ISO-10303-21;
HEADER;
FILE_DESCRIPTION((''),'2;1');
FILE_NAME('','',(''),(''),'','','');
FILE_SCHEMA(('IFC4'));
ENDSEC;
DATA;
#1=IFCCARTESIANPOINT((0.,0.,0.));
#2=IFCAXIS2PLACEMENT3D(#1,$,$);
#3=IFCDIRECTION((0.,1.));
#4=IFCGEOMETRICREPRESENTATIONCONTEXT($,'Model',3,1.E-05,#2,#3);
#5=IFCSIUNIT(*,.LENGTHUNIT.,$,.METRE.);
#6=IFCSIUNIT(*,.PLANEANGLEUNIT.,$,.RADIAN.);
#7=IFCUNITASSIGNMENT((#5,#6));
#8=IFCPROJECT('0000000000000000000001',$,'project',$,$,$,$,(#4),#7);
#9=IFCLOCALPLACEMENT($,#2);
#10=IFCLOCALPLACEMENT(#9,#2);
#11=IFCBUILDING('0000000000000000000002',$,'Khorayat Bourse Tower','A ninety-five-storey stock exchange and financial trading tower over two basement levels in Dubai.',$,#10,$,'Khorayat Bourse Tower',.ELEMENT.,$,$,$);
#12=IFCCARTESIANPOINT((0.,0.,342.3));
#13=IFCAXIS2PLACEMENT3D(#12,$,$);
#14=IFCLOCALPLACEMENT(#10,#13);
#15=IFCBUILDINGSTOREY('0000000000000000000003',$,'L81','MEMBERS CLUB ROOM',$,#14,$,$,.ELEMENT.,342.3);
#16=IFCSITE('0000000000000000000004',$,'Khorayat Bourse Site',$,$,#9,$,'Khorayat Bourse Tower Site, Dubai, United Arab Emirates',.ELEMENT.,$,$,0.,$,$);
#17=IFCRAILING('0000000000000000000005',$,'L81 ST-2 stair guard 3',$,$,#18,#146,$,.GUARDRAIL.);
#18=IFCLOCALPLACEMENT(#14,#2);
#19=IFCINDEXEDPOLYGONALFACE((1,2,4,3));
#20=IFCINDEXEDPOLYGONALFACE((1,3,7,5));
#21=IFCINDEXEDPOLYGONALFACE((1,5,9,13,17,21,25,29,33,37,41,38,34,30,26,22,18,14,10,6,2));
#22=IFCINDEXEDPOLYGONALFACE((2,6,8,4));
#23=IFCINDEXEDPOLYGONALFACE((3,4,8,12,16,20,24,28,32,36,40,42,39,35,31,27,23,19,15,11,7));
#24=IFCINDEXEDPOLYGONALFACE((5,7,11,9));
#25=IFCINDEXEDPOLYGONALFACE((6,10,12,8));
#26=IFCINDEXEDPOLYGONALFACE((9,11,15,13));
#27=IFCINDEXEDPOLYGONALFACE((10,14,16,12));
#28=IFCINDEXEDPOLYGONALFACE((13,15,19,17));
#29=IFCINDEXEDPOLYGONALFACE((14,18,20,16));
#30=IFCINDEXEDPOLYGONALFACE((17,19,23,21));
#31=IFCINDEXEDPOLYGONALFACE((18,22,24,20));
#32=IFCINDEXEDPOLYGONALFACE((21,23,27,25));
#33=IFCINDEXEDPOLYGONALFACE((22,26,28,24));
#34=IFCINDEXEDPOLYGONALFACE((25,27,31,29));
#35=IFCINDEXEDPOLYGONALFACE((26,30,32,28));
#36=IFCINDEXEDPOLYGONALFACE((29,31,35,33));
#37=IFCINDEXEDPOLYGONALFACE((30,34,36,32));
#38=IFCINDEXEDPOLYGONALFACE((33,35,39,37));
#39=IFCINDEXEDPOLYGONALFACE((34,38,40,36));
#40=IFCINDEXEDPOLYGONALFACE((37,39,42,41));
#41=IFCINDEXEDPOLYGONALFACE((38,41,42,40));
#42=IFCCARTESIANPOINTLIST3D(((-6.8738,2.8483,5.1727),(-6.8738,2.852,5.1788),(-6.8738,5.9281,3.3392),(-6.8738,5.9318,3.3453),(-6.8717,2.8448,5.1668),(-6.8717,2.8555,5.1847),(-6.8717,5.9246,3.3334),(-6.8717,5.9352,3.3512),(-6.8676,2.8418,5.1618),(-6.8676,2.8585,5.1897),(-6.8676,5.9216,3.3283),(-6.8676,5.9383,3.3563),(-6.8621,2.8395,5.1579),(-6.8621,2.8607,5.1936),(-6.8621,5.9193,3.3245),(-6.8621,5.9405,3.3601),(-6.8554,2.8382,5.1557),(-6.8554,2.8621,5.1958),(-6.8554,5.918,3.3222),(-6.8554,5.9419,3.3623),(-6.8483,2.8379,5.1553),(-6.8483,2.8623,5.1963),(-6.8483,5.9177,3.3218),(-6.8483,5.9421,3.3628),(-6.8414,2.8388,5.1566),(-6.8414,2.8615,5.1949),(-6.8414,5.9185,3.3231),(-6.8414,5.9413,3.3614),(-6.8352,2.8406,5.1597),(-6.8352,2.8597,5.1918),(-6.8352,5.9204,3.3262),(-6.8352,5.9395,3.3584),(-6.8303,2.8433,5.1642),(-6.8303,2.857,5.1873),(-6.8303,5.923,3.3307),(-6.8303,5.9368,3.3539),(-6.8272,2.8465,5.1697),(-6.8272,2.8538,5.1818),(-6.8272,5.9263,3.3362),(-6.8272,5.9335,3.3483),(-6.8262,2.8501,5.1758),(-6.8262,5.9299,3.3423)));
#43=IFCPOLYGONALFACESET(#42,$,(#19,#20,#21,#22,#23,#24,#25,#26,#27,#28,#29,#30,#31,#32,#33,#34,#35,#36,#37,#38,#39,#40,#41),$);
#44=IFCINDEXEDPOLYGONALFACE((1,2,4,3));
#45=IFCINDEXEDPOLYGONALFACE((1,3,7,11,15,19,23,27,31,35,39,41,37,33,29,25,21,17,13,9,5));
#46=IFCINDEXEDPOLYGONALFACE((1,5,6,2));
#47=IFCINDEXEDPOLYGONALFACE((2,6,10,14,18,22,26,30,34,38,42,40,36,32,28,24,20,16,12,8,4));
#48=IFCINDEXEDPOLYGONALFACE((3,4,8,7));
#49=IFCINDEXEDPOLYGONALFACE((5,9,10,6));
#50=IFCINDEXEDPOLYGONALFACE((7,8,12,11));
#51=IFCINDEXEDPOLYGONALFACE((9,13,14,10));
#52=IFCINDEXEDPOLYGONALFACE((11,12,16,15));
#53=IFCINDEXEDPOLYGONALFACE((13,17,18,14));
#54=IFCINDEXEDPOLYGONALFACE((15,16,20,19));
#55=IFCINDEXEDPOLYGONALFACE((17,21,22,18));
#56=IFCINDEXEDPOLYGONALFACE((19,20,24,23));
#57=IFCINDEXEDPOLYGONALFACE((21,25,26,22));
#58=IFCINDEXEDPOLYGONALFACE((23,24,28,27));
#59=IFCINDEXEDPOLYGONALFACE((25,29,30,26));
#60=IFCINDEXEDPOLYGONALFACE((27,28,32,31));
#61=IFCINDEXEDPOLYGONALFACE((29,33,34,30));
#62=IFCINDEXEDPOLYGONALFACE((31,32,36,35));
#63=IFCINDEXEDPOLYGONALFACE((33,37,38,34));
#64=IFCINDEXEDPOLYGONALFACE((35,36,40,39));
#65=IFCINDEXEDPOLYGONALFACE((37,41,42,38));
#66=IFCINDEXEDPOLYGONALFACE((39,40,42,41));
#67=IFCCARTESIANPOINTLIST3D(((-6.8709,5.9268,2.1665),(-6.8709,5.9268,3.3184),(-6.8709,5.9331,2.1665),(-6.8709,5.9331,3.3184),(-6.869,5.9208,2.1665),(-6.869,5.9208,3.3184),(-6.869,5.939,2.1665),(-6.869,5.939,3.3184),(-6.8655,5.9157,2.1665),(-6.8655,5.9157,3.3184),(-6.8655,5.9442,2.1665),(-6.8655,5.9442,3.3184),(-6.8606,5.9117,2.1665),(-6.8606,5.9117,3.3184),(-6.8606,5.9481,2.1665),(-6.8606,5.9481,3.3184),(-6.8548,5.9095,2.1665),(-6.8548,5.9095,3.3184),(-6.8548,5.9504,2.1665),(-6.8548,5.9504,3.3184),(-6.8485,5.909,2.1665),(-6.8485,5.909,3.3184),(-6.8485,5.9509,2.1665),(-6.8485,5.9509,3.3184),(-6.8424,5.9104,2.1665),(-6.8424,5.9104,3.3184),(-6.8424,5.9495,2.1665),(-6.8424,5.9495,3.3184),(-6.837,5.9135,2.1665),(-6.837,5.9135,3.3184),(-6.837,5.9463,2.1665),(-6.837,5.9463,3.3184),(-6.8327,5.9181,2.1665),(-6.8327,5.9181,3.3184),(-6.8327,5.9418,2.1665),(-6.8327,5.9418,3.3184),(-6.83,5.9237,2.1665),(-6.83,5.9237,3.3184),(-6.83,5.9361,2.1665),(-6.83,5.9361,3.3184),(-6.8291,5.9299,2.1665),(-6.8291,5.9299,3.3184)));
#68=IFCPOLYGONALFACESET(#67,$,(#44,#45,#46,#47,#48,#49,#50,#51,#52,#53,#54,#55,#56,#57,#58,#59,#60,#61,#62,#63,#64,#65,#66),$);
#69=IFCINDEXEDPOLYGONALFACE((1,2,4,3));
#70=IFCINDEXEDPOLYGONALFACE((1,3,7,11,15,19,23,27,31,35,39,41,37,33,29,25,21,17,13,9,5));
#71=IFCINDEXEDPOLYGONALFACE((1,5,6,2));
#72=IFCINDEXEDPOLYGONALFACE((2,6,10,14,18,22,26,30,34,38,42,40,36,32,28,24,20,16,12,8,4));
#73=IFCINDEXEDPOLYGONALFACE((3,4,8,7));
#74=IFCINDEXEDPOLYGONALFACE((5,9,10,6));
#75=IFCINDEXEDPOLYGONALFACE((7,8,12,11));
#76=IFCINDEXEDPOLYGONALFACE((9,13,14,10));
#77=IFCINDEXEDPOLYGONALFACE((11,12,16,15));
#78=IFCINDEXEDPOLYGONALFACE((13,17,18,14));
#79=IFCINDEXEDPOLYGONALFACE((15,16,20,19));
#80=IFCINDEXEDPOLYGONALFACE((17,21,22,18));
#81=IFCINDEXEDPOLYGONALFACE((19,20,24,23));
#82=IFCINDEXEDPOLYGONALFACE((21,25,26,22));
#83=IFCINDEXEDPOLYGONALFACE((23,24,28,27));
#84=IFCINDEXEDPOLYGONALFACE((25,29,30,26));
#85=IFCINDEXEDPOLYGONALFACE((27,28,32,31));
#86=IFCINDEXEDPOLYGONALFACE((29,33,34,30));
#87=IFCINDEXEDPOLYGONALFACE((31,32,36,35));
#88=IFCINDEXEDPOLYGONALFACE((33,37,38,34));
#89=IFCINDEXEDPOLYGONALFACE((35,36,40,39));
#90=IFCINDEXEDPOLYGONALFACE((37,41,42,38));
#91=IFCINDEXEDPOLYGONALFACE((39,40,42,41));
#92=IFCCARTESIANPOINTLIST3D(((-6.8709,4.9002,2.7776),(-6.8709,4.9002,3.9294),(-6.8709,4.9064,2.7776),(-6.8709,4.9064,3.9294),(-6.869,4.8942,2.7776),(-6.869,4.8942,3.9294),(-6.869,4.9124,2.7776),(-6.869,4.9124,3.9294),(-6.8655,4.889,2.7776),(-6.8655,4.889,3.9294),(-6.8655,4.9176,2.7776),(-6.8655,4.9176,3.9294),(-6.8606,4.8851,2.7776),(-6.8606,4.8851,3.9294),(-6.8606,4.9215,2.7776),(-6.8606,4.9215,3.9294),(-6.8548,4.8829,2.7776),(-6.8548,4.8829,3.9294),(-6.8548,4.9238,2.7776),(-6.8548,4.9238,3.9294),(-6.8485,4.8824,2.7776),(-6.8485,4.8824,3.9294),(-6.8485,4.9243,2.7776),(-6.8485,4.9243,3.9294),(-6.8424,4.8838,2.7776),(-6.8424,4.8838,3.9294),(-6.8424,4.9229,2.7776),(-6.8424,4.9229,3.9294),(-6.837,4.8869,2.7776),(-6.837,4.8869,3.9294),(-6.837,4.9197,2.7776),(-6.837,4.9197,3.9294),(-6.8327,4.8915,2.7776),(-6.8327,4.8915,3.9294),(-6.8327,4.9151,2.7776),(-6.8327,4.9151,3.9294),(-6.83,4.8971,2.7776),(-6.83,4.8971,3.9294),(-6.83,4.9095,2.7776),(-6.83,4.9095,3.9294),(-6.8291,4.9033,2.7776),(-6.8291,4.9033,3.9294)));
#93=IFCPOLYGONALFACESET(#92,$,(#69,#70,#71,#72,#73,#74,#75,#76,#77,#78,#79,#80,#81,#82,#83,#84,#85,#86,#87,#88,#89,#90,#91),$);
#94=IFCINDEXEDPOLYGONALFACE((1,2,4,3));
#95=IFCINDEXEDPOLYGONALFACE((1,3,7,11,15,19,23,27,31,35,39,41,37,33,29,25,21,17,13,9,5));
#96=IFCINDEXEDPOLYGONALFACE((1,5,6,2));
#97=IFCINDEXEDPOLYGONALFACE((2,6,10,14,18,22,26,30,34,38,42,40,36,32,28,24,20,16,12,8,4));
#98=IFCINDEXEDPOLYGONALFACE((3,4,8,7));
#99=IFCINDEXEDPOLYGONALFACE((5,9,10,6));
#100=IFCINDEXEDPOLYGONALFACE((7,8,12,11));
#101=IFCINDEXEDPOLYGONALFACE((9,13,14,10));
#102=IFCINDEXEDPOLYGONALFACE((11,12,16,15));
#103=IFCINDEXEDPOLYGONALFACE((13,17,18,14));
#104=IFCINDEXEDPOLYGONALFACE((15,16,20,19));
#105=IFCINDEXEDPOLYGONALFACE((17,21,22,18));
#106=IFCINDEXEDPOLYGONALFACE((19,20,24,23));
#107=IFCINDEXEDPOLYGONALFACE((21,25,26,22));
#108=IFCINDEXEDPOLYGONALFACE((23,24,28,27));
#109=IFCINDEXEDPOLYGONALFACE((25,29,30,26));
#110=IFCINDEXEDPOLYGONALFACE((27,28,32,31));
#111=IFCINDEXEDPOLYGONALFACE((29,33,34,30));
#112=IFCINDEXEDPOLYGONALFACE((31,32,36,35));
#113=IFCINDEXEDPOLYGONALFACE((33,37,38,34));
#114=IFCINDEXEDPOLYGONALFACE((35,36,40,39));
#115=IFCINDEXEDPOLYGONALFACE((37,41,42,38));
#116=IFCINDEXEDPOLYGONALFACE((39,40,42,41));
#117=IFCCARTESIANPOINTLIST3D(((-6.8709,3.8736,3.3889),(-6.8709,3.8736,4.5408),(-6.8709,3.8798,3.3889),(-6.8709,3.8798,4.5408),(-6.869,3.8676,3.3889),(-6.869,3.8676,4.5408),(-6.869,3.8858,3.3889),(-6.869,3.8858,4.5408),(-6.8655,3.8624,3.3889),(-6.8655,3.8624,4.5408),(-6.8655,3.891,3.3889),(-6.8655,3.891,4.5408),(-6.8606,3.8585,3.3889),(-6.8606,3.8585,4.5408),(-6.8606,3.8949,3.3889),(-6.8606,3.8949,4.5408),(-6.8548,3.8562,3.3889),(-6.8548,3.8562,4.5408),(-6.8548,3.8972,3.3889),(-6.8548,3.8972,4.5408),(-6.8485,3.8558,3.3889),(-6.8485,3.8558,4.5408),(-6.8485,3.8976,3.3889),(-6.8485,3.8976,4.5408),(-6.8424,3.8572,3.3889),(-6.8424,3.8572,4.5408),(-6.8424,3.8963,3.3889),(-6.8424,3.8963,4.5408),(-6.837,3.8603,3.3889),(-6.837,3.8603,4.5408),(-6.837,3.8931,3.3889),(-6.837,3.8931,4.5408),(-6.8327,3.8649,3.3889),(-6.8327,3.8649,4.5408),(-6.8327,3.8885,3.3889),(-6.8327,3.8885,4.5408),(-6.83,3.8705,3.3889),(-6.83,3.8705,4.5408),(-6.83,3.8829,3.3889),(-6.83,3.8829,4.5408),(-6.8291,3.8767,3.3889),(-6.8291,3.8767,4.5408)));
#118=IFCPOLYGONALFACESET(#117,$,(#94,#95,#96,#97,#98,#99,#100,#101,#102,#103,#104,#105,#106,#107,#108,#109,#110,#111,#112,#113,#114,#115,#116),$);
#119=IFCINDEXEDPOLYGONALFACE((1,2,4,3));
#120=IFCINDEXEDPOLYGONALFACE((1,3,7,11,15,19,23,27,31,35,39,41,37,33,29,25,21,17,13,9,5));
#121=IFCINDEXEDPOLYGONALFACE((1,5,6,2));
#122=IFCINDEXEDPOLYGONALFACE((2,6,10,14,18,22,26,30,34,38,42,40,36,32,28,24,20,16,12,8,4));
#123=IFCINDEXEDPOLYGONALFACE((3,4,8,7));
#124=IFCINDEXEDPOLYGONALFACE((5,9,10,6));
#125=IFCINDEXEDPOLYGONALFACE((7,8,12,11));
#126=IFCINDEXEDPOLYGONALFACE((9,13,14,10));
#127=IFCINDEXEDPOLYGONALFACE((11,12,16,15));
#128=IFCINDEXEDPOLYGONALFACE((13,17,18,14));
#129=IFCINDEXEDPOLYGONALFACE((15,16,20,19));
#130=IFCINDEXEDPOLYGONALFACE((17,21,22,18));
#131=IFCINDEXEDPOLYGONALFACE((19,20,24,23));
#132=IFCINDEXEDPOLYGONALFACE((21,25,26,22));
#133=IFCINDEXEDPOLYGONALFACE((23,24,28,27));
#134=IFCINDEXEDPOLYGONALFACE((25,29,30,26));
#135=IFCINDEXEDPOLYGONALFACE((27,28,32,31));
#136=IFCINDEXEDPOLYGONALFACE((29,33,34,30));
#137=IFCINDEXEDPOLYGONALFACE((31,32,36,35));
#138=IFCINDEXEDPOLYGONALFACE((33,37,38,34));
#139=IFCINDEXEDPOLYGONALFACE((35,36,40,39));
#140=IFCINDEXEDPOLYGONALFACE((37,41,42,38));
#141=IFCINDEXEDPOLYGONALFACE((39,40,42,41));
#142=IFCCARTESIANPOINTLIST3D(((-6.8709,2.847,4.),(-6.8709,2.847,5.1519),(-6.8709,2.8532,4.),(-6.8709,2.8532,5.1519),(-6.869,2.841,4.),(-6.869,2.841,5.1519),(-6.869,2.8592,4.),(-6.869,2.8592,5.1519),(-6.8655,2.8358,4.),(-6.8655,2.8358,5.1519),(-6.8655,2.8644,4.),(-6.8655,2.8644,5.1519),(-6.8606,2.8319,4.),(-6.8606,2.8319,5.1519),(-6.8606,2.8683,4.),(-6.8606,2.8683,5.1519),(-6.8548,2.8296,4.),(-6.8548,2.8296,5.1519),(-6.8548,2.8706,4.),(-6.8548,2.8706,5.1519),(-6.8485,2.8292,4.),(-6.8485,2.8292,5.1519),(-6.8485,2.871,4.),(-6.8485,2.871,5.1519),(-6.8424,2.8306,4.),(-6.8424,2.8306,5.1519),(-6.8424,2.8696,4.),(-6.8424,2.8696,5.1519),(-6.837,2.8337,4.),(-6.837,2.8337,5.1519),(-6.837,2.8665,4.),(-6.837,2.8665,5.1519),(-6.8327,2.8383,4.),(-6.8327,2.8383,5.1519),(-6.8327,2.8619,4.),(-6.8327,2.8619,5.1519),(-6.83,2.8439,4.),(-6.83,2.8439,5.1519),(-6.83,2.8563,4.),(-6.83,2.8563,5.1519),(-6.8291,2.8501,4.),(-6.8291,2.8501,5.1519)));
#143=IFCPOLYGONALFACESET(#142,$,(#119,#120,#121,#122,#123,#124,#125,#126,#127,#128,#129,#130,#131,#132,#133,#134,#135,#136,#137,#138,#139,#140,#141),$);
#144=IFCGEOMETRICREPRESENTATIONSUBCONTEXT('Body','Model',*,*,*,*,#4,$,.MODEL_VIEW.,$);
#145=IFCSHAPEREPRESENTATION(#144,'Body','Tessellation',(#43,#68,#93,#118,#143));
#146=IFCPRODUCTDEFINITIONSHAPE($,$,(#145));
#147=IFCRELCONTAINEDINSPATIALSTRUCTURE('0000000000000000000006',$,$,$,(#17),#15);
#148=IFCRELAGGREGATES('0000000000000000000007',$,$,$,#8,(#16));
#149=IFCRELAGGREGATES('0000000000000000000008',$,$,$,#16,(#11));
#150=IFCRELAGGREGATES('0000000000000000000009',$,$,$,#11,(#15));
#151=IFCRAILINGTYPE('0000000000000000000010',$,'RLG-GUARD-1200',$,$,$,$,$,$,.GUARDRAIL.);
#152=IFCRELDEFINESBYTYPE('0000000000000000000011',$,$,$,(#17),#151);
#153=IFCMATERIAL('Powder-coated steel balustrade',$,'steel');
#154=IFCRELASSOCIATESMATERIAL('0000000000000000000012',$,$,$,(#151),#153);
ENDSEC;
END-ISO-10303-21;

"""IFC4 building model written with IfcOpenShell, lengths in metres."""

from ifc_helpers import new_model, si_unit, direction, frame, origin, origin_2d, place, context, subcontext, project, spatial, circle, extrude, source, transform, mapped, material, type_object, element, save


model = new_model("IFC4")

# Units and contexts
model_context = context("Model", 3, precision=1e-05, world=origin(), true_north=direction((0.0, 1.0)))
body_context = subcontext(model_context, "Body", "Model", "MODEL_VIEW")
ifc_project = project(units=[si_unit("LENGTHUNIT", "METRE"), si_unit("PLANEANGLEUNIT", "RADIAN")], contexts=[model_context])

# Site, building, storey
site_placement = place(None, origin())
site = spatial("IfcSite", under=ifc_project, at=site_placement, Name="Khorayat Bourse Site", LongName="Khorayat Bourse Tower Site, Dubai, United Arab Emirates", CompositionType="ELEMENT", RefElevation=0.0)
building_placement = place(site_placement, origin())
building = spatial("IfcBuilding", under=site, at=building_placement, Name="Khorayat Bourse Tower", Description="A ninety-five-storey stock exchange and financial trading tower over two basement levels in Dubai.", LongName="Khorayat Bourse Tower", CompositionType="ELEMENT")
storey_placement = place(building_placement, frame((0.0, 0.0, 342.3)))
storey = spatial("IfcBuildingStorey", under=building, at=storey_placement, Name="L81", Description="MEMBERS CLUB ROOM", CompositionType="ELEMENT", Elevation=342.3)

# Railing
ifc_material_1 = material(Name="Powder-coated steel balustrade", Category="steel")
railing_type_1 = type_object("IfcRailingType", Name="RLG-GUARD-1200", PredefinedType="GUARDRAIL", material=ifc_material_1)
shared_shape_1 = source(origin(), body_context, "Body", "SweptSolid", [
    extrude(circle(Radius=0.0239, at=origin_2d()), frame((0.0, 0.0, 1.1758), z_axis=(0.0, -0.859261, 0.511538), x_axis=(1.0, 0.0, 0.0)), (0.0, 0.0, 1.0), 3.5842),
    extrude(circle(Radius=0.021, at=origin_2d()), origin(), (0.0, 0.0, 1.0), 1.1519),
    extrude(circle(Radius=0.021, at=origin_2d()), frame((0.0, -1.0266, 0.6111)), (0.0, 0.0, 1.0), 1.1519),
    extrude(circle(Radius=0.021, at=origin_2d()), frame((0.0, -2.0532, 1.2224)), (0.0, 0.0, 1.0), 1.1519),
    extrude(circle(Radius=0.021, at=origin_2d()), frame((0.0, -3.0798, 1.8335)), (0.0, 0.0, 1.0), 1.1519),
])
railing_1_placement = place(storey_placement, frame((-6.8501, 5.9299, 2.1665)))
element("IfcRailing", 1, at=railing_1_placement, inside=storey, type_object=railing_type_1, Name="L81 ST-2 stair guard 3", PredefinedType="GUARDRAIL", context=body_context, shape_type="MappedRepresentation", body=[
    mapped(shared_shape_1, transform((0.0, 0.0, 0.0), scale=1.0)),
])

save(model, "model.ifc")
